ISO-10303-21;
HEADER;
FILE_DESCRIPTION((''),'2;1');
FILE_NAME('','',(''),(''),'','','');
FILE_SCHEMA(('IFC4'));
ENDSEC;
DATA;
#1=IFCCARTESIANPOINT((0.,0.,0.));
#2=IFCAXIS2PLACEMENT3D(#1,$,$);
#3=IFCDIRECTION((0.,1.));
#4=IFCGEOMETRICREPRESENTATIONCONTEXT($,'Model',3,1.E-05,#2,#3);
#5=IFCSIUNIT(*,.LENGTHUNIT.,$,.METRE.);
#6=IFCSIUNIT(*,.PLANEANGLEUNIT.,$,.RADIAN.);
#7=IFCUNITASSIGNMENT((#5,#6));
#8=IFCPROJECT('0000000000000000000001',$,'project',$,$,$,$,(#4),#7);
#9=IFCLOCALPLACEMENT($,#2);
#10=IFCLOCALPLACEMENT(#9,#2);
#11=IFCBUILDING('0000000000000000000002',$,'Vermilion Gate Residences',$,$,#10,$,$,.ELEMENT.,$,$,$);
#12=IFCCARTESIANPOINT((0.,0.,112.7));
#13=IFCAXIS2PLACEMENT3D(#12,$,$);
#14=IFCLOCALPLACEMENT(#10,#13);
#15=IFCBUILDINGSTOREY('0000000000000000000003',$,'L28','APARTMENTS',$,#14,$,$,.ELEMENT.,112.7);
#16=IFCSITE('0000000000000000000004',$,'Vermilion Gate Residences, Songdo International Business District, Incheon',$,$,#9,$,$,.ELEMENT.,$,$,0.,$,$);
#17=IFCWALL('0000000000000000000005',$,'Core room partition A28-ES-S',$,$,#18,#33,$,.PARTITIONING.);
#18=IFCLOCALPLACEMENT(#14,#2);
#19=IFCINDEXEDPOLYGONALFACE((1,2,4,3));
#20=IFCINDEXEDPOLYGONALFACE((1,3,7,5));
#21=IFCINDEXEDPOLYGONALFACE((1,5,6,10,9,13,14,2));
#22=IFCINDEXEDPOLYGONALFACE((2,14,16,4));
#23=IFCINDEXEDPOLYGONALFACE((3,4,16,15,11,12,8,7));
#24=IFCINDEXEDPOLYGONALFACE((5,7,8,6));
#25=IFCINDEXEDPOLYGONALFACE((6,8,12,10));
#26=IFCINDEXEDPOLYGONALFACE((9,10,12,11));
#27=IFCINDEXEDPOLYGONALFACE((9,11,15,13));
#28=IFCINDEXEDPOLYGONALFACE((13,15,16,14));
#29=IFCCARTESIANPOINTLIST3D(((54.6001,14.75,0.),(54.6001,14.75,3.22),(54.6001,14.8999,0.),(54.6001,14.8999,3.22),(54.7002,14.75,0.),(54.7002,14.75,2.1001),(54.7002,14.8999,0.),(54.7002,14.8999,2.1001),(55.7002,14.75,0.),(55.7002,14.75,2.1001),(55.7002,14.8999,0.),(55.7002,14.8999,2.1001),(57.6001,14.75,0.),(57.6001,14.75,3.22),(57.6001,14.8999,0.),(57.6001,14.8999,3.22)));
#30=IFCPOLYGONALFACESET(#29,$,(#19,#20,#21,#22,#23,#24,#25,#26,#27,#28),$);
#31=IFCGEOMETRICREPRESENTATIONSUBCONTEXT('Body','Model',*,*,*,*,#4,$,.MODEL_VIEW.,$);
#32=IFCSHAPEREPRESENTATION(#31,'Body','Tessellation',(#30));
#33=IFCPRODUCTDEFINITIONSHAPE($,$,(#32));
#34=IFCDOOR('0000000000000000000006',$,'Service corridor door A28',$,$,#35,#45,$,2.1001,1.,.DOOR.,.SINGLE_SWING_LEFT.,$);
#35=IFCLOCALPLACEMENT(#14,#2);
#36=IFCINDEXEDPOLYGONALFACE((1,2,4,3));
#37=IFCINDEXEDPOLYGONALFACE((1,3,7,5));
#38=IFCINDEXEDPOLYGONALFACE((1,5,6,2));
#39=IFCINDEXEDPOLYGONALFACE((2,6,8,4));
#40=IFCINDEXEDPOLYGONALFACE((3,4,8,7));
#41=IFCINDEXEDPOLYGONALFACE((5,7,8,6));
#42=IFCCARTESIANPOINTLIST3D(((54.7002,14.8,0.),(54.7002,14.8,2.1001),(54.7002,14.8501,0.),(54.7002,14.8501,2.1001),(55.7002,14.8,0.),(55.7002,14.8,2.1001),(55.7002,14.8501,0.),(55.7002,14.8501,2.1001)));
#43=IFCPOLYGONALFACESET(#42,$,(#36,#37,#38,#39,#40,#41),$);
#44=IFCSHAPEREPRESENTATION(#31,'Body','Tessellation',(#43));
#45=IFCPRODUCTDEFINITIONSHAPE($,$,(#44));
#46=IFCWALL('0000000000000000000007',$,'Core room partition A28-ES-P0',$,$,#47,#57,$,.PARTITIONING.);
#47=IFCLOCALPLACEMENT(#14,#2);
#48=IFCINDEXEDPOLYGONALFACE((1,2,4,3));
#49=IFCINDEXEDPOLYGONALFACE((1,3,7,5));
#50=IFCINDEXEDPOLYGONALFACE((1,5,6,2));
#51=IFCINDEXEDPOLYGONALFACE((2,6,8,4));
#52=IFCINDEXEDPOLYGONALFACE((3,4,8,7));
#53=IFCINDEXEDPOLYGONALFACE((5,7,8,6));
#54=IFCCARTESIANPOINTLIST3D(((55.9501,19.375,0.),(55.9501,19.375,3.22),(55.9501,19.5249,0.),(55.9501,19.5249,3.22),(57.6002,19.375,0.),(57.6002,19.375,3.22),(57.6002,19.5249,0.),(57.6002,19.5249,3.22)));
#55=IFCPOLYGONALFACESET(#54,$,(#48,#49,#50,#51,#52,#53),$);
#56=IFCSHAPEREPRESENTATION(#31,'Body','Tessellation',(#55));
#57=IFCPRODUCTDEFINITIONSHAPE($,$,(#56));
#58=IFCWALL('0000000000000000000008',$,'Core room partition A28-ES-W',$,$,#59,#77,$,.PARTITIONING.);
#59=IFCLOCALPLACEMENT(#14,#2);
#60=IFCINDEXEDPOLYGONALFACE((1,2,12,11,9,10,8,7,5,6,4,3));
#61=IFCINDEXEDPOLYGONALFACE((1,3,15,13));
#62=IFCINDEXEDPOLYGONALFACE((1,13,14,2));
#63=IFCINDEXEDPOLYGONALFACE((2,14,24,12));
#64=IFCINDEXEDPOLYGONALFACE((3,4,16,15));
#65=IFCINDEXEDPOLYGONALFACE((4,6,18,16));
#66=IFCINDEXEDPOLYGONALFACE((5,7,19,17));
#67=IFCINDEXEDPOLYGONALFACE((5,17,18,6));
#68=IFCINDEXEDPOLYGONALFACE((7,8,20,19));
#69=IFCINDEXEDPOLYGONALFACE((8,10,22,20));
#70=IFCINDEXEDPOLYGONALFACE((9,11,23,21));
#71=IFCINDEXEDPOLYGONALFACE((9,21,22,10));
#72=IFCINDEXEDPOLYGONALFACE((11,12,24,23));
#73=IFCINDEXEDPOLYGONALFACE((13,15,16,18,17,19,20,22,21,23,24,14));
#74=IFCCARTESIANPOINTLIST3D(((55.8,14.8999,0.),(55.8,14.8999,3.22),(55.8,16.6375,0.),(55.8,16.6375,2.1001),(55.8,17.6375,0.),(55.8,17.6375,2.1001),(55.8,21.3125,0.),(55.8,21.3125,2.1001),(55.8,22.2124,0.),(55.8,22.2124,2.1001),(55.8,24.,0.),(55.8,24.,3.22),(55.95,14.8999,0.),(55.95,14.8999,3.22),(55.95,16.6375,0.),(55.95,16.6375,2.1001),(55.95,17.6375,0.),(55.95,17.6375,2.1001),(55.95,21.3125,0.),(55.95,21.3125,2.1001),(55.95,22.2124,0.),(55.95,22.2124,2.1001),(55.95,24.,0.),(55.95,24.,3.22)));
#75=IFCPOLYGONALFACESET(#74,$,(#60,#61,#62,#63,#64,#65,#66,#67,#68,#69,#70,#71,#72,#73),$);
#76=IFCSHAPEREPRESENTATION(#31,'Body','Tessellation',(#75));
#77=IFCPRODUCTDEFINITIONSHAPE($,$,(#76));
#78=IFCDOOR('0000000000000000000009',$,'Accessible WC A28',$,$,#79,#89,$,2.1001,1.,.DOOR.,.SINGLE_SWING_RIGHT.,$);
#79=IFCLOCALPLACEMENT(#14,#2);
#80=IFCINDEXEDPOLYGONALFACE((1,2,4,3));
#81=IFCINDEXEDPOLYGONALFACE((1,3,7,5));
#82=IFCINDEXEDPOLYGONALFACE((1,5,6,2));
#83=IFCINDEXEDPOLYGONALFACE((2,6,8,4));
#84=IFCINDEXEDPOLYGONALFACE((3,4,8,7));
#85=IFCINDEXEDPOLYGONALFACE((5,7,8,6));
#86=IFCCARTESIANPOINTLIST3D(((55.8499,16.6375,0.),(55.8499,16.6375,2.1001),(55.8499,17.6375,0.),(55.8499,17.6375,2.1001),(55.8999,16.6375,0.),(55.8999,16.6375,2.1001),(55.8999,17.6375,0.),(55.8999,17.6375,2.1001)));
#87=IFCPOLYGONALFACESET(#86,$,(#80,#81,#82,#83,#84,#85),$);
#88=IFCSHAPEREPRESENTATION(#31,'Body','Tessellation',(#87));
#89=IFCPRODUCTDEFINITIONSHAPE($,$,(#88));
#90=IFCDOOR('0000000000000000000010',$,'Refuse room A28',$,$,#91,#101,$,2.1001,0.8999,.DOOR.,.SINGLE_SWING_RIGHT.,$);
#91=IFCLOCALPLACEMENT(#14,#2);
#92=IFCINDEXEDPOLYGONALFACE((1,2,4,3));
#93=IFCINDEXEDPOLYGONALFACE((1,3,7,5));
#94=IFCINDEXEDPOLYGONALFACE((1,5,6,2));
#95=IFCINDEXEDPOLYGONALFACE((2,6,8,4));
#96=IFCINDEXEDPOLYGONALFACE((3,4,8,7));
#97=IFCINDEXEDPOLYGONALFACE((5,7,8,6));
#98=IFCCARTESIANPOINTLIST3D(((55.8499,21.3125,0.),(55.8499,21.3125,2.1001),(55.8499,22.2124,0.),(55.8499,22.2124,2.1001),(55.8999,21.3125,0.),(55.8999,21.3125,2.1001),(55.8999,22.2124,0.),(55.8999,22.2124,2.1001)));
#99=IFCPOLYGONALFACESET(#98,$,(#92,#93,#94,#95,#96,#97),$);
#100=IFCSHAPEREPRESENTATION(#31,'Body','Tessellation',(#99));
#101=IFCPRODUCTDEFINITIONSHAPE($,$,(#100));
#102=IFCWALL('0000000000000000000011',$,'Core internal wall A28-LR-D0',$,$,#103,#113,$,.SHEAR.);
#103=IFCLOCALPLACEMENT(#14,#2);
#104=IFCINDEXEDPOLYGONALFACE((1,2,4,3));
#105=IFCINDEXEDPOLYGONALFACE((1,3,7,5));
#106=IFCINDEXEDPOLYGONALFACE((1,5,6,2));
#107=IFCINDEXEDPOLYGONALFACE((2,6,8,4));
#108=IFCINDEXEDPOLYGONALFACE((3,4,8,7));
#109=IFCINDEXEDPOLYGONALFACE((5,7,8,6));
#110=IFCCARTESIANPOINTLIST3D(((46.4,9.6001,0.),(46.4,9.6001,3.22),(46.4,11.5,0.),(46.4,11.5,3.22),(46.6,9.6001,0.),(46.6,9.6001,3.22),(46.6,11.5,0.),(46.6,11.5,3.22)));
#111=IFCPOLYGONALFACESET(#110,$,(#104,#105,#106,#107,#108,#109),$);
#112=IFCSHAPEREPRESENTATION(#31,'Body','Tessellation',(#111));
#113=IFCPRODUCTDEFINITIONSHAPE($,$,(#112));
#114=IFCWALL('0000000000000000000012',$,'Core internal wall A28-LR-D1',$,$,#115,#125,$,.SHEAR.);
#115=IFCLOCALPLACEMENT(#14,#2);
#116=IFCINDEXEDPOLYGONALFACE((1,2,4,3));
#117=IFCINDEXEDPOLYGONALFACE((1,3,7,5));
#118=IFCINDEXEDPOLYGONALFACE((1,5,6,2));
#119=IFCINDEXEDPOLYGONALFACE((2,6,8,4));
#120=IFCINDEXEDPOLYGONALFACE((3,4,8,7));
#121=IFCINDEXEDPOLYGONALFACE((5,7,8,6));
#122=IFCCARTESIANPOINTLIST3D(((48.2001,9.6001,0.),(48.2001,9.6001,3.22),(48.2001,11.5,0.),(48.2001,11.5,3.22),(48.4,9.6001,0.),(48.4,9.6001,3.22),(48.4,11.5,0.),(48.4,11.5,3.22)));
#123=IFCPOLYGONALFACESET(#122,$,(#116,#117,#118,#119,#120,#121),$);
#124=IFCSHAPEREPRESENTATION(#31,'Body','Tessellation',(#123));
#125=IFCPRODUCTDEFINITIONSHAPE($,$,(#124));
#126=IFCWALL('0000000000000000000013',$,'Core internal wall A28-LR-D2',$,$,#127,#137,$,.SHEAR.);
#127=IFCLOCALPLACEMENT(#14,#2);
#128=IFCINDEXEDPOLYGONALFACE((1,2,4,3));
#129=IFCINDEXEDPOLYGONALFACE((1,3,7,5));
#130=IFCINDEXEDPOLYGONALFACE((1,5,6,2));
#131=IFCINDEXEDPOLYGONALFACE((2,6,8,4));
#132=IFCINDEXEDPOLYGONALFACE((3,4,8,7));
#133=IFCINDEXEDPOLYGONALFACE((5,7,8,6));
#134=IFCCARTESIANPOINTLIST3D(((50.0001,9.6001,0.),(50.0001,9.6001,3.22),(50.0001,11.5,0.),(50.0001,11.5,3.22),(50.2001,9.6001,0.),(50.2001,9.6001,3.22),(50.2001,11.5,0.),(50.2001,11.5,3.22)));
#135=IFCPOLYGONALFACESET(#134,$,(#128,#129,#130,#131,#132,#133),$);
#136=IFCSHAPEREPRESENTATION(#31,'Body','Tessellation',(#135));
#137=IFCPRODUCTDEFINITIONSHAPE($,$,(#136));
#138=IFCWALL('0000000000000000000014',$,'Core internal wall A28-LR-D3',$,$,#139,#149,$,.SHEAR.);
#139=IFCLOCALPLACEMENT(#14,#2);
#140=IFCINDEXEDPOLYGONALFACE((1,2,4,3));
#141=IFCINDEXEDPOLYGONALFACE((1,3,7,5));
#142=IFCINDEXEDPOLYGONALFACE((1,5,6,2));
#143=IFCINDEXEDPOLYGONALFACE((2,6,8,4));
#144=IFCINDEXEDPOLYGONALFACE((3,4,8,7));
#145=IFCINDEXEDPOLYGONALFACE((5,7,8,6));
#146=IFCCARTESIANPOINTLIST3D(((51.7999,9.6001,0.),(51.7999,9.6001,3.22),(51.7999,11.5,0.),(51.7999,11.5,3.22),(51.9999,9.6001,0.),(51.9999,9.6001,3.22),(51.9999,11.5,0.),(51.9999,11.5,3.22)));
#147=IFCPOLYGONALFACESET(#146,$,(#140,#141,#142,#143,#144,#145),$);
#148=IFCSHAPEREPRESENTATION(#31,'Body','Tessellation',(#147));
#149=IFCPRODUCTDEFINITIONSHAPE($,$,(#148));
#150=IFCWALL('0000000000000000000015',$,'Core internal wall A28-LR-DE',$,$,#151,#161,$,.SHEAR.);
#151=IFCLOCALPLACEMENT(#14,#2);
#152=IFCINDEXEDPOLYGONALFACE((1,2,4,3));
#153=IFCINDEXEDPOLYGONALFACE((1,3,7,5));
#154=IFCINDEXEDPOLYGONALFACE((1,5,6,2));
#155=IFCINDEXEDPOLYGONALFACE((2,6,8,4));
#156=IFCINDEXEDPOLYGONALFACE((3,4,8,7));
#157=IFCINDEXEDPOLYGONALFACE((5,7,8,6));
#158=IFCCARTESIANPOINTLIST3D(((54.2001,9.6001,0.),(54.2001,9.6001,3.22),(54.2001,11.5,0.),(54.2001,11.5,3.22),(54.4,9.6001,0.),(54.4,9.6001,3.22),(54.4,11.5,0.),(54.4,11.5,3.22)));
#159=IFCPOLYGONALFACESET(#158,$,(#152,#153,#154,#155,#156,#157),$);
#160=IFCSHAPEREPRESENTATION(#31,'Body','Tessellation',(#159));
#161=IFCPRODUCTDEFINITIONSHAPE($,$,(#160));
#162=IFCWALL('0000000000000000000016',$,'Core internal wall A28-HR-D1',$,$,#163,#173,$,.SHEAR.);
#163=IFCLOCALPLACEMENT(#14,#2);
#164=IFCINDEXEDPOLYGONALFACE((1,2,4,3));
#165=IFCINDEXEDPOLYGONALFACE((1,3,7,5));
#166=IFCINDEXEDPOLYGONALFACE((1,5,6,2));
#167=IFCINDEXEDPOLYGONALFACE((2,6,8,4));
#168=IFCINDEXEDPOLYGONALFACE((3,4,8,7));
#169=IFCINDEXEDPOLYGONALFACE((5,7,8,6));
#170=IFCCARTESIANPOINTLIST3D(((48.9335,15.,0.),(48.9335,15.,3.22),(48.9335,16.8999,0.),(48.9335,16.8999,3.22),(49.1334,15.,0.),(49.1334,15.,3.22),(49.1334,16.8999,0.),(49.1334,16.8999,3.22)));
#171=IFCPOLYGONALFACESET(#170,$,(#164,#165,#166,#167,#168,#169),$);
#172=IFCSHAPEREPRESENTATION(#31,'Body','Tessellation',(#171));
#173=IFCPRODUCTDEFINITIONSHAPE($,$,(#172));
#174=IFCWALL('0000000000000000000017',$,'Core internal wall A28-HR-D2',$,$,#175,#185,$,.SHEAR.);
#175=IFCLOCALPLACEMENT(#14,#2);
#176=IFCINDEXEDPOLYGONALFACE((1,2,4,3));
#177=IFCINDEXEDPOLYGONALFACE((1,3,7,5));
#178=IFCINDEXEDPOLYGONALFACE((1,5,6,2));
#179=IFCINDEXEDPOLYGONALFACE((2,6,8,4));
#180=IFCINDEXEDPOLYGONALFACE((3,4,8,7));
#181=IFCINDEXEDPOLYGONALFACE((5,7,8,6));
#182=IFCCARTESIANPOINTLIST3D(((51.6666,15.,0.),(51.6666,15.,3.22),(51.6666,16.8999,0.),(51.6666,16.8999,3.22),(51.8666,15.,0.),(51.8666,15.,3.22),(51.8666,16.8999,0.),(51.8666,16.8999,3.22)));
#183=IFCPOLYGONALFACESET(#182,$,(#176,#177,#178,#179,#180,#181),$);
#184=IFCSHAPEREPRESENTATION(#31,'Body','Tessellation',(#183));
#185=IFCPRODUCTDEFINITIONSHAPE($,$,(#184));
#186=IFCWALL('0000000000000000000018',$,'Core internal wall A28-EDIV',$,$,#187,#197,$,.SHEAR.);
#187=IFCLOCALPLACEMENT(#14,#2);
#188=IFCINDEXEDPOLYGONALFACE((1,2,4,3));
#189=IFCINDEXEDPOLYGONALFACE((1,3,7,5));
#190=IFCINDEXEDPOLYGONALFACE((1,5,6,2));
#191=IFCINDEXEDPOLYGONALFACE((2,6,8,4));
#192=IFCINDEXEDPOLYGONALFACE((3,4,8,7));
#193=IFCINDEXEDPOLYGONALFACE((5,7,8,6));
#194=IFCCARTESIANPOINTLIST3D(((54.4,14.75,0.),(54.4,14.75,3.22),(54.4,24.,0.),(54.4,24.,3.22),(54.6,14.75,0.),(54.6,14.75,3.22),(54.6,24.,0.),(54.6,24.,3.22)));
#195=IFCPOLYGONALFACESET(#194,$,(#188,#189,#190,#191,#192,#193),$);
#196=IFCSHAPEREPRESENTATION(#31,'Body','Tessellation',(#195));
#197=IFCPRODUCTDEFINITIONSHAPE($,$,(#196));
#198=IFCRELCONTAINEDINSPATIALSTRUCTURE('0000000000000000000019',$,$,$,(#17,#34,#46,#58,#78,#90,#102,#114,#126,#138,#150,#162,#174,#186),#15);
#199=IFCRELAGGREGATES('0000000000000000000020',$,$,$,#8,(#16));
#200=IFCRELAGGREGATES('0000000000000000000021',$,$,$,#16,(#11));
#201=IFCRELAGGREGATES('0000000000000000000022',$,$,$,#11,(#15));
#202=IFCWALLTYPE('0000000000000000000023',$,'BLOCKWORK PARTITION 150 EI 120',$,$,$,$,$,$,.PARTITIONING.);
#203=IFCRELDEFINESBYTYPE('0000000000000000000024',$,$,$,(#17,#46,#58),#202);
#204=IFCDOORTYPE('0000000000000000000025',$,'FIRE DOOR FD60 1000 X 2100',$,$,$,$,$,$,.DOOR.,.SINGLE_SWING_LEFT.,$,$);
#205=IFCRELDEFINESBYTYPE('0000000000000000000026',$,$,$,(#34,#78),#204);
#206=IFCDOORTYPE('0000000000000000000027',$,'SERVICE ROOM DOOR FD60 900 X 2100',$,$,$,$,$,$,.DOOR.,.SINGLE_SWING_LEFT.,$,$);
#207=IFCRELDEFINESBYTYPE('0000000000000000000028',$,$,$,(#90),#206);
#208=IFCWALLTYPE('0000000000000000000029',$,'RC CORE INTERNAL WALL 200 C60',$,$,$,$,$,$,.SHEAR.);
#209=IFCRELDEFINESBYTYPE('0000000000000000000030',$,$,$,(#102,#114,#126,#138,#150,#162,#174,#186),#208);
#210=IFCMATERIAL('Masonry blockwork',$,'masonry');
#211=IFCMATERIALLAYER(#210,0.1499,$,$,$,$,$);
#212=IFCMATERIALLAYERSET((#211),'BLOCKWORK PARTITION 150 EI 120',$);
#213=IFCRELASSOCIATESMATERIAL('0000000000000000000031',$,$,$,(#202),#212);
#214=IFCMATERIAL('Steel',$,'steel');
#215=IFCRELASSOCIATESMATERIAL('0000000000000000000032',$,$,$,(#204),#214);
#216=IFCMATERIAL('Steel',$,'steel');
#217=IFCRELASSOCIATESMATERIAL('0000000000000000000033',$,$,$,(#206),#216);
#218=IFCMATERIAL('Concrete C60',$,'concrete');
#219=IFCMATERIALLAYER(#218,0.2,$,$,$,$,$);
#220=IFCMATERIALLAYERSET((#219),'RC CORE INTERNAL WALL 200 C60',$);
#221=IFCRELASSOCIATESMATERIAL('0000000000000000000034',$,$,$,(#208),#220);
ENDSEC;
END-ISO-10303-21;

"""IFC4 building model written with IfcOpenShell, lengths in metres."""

from ifc_helpers import new_model, si_unit, direction, frame, frame_2d, origin, place, context, subcontext, project, spatial, rectangle, extrude, material, layer, layer_set, type_object, element, fill, save


model = new_model("IFC4")

# Units and contexts
model_context = context("Model", 3, precision=1e-05, world=origin(), true_north=direction((0.0, 1.0)))
body_context = subcontext(model_context, "Body", "Model", "MODEL_VIEW")
ifc_project = project(units=[si_unit("LENGTHUNIT", "METRE"), si_unit("PLANEANGLEUNIT", "RADIAN")], contexts=[model_context])

# Site, building, storey
site_placement = place(None, origin())
site = spatial("IfcSite", under=ifc_project, at=site_placement, Name="Vermilion Gate Residences, Songdo International Business District, Incheon", CompositionType="ELEMENT", RefElevation=0.0)
building_placement = place(site_placement, origin())
building = spatial("IfcBuilding", under=site, at=building_placement, Name="Vermilion Gate Residences", CompositionType="ELEMENT")
storey_placement = place(building_placement, frame((0.0, 0.0, 112.7)))
storey = spatial("IfcBuildingStorey", under=building, at=storey_placement, Name="L28", Description="APARTMENTS", CompositionType="ELEMENT", Elevation=112.7)

# Wall, opening, door
ifc_material_1 = material(Name="Masonry blockwork", Category="masonry")
ifc_layer_1 = layer(ifc_material_1, 0.1499)
ifc_layer_set_1 = layer_set([ifc_layer_1], Name="BLOCKWORK PARTITION 150 EI 120")
wall_type_1 = type_object("IfcWallType", Name="BLOCKWORK PARTITION 150 EI 120", PredefinedType="PARTITIONING", material=ifc_layer_set_1)
wall_1_placement = place(storey_placement, frame((54.6001, 14.825, 0.0), z_axis=(0.0, 0.0, 1.0), x_axis=(1.0, 0.0, 0.0)))
wall_1 = element("IfcWall", 1, at=wall_1_placement, inside=storey, type_object=wall_type_1, Name="Core room partition A28-ES-S", PredefinedType="PARTITIONING", context=body_context, shape_type="SweptSolid", body=[
    extrude(rectangle(XDim=3.0, YDim=0.1499, at=frame_2d((1.5, 0.0))), origin(), (0.0, 0.0, 1.0), 3.22),
])
opening_1_placement = place(wall_1_placement, frame((0.1001, 0.0, 0.0)))
opening_1 = element("IfcOpeningElement", 2, at=opening_1_placement, cuts=wall_1, PredefinedType="OPENING", context=body_context, shape_type="SweptSolid", body=[
    extrude(rectangle(XDim=1.0, YDim=2.1001, at=frame_2d((0.5, 1.05))), frame((0.0, 0.085, 0.0), z_axis=(0.0, -1.0, 0.0), x_axis=(1.0, 0.0, 0.0)), (0.0, 0.0, 1.0), 0.1699),
])
ifc_material_2 = material(Name="Steel", Category="steel")
door_type_1 = type_object("IfcDoorType", Name="FIRE DOOR FD60 1000 X 2100", OperationType="SINGLE_SWING_LEFT", PredefinedType="DOOR", material=ifc_material_2)
door_1_placement = place(opening_1_placement, frame((1.0, 0.0, 0.0), z_axis=(0.0, 0.0, 1.0), x_axis=(-1.0, 0.0, 0.0)))
door_1 = element("IfcDoor", 3, at=door_1_placement, inside=storey, type_object=door_type_1, Name="Service corridor door A28", OperationType="SINGLE_SWING_LEFT", OverallHeight=2.1001, OverallWidth=1.0, PredefinedType="DOOR", context=body_context, shape_type="SweptSolid", body=[
    extrude(rectangle(XDim=1.0, YDim=2.1001, at=frame_2d((0.5, 1.05))), frame((0.0, 0.0249, 0.0), z_axis=(0.0, -1.0, 0.0), x_axis=(1.0, 0.0, 0.0)), (0.0, 0.0, 1.0), 0.05),
])
fill(opening_1, door_1)

# Wall
wall_2_placement = place(storey_placement, frame((55.95, 19.45, 0.0), z_axis=(0.0, 0.0, 1.0), x_axis=(1.0, 0.0, 0.0)))
element("IfcWall", 4, at=wall_2_placement, inside=storey, type_object=wall_type_1, Name="Core room partition A28-ES-P0", PredefinedType="PARTITIONING", context=body_context, shape_type="SweptSolid", body=[
    extrude(rectangle(XDim=1.6501, YDim=0.1499, at=frame_2d((0.8252, 0.0))), origin(), (0.0, 0.0, 1.0), 3.22),
])

# Wall, openings, doors
wall_3_placement = place(storey_placement, frame((55.875, 14.8999, 0.0), z_axis=(0.0, 0.0, 1.0), x_axis=(0.0, 1.0, 0.0)))
wall_3 = element("IfcWall", 5, at=wall_3_placement, inside=storey, type_object=wall_type_1, Name="Core room partition A28-ES-W", PredefinedType="PARTITIONING", context=body_context, shape_type="SweptSolid", body=[
    extrude(rectangle(XDim=9.1001, YDim=0.1499, at=frame_2d((4.55, 0.0))), origin(), (0.0, 0.0, 1.0), 3.22),
])
opening_2_placement = place(wall_3_placement, frame((1.7375, 0.0, 0.0)))
opening_2 = element("IfcOpeningElement", 6, at=opening_2_placement, cuts=wall_3, PredefinedType="OPENING", context=body_context, shape_type="SweptSolid", body=[
    extrude(rectangle(XDim=1.0, YDim=2.1001, at=frame_2d((0.5, 1.05))), frame((0.0, 0.085, 0.0), z_axis=(0.0, -1.0, 0.0), x_axis=(1.0, 0.0, 0.0)), (0.0, 0.0, 1.0), 0.1699),
])
opening_3_placement = place(wall_3_placement, frame((6.4126, 0.0, 0.0)))
opening_3 = element("IfcOpeningElement", 7, at=opening_3_placement, cuts=wall_3, PredefinedType="OPENING", context=body_context, shape_type="SweptSolid", body=[
    extrude(rectangle(XDim=0.8999, YDim=2.1001, at=frame_2d((0.45, 1.05))), frame((0.0, 0.085, 0.0), z_axis=(0.0, -1.0, 0.0), x_axis=(1.0, 0.0, 0.0)), (0.0, 0.0, 1.0), 0.1699),
])
door_2_placement = place(opening_2_placement, frame((1.0, 0.0, 0.0), z_axis=(0.0, 0.0, 1.0), x_axis=(-1.0, 0.0, 0.0)))
door_2 = element("IfcDoor", 8, at=door_2_placement, inside=storey, type_object=door_type_1, Name="Accessible WC A28", OperationType="SINGLE_SWING_RIGHT", OverallHeight=2.1001, OverallWidth=1.0, PredefinedType="DOOR", context=body_context, shape_type="SweptSolid", body=[
    extrude(rectangle(XDim=1.0, YDim=2.1001, at=frame_2d((0.5, 1.05))), frame((0.0, 0.0249, 0.0), z_axis=(0.0, -1.0, 0.0), x_axis=(1.0, 0.0, 0.0)), (0.0, 0.0, 1.0), 0.05),
])
fill(opening_2, door_2)
ifc_material_3 = material(Name="Steel", Category="steel")
door_type_2 = type_object("IfcDoorType", Name="SERVICE ROOM DOOR FD60 900 X 2100", OperationType="SINGLE_SWING_LEFT", PredefinedType="DOOR", material=ifc_material_3)
door_3_placement = place(opening_3_placement, frame((0.8999, 0.0, 0.0), z_axis=(0.0, 0.0, 1.0), x_axis=(-1.0, 0.0, 0.0)))
door_3 = element("IfcDoor", 9, at=door_3_placement, inside=storey, type_object=door_type_2, Name="Refuse room A28", OperationType="SINGLE_SWING_RIGHT", OverallHeight=2.1001, OverallWidth=0.8999, PredefinedType="DOOR", context=body_context, shape_type="SweptSolid", body=[
    extrude(rectangle(XDim=0.8999, YDim=2.1001, at=frame_2d((0.45, 1.05))), frame((0.0, 0.0249, 0.0), z_axis=(0.0, -1.0, 0.0), x_axis=(1.0, 0.0, 0.0)), (0.0, 0.0, 1.0), 0.05),
])
fill(opening_3, door_3)

# Walls
ifc_material_4 = material(Name="Concrete C60", Category="concrete")
ifc_layer_2 = layer(ifc_material_4, 0.2)
ifc_layer_set_2 = layer_set([ifc_layer_2], Name="RC CORE INTERNAL WALL 200 C60")
wall_type_2 = type_object("IfcWallType", Name="RC CORE INTERNAL WALL 200 C60", PredefinedType="SHEAR", material=ifc_layer_set_2)
for number, where, z_axis, x_axis, name in (
    (10, (46.5, 9.6001, 0.0), (0.0, 0.0, 1.0), (0.0, 1.0, 0.0), "Core internal wall A28-LR-D0"),
    (11, (48.3, 9.6001, 0.0), (0.0, 0.0, 1.0), (0.0, 1.0, 0.0), "Core internal wall A28-LR-D1"),
    (12, (50.1001, 9.6001, 0.0), (0.0, 0.0, 1.0), (0.0, 1.0, 0.0), "Core internal wall A28-LR-D2"),
    (13, (51.8999, 9.6001, 0.0), (0.0, 0.0, 1.0), (0.0, 1.0, 0.0), "Core internal wall A28-LR-D3"),
    (14, (54.3, 9.6001, 0.0), (0.0, 0.0, 1.0), (0.0, 1.0, 0.0), "Core internal wall A28-LR-DE"),
    (15, (49.0334, 15.0, 0.0), (0.0, 0.0, 1.0), (0.0, 1.0, 0.0), "Core internal wall A28-HR-D1"),
    (16, (51.7666, 15.0, 0.0), (0.0, 0.0, 1.0), (0.0, 1.0, 0.0), "Core internal wall A28-HR-D2"),
):
    element("IfcWall", number, at=place(storey_placement, frame(where, z_axis=z_axis, x_axis=x_axis)), inside=storey, type_object=wall_type_2, Name=name, PredefinedType="SHEAR", context=body_context, shape_type="SweptSolid", body=[
        extrude(rectangle(XDim=1.8999, YDim=0.2, at=frame_2d((0.95, 0.0))), origin(), (0.0, 0.0, 1.0), 3.22),
    ])
wall_4_placement = place(storey_placement, frame((54.5, 14.75, 0.0), z_axis=(0.0, 0.0, 1.0), x_axis=(0.0, 1.0, 0.0)))
element("IfcWall", 17, at=wall_4_placement, inside=storey, type_object=wall_type_2, Name="Core internal wall A28-EDIV", PredefinedType="SHEAR", context=body_context, shape_type="SweptSolid", body=[
    extrude(rectangle(XDim=9.25, YDim=0.2, at=frame_2d((4.625, 0.0))), origin(), (0.0, 0.0, 1.0), 3.22),
])

save(model, "model.ifc")
